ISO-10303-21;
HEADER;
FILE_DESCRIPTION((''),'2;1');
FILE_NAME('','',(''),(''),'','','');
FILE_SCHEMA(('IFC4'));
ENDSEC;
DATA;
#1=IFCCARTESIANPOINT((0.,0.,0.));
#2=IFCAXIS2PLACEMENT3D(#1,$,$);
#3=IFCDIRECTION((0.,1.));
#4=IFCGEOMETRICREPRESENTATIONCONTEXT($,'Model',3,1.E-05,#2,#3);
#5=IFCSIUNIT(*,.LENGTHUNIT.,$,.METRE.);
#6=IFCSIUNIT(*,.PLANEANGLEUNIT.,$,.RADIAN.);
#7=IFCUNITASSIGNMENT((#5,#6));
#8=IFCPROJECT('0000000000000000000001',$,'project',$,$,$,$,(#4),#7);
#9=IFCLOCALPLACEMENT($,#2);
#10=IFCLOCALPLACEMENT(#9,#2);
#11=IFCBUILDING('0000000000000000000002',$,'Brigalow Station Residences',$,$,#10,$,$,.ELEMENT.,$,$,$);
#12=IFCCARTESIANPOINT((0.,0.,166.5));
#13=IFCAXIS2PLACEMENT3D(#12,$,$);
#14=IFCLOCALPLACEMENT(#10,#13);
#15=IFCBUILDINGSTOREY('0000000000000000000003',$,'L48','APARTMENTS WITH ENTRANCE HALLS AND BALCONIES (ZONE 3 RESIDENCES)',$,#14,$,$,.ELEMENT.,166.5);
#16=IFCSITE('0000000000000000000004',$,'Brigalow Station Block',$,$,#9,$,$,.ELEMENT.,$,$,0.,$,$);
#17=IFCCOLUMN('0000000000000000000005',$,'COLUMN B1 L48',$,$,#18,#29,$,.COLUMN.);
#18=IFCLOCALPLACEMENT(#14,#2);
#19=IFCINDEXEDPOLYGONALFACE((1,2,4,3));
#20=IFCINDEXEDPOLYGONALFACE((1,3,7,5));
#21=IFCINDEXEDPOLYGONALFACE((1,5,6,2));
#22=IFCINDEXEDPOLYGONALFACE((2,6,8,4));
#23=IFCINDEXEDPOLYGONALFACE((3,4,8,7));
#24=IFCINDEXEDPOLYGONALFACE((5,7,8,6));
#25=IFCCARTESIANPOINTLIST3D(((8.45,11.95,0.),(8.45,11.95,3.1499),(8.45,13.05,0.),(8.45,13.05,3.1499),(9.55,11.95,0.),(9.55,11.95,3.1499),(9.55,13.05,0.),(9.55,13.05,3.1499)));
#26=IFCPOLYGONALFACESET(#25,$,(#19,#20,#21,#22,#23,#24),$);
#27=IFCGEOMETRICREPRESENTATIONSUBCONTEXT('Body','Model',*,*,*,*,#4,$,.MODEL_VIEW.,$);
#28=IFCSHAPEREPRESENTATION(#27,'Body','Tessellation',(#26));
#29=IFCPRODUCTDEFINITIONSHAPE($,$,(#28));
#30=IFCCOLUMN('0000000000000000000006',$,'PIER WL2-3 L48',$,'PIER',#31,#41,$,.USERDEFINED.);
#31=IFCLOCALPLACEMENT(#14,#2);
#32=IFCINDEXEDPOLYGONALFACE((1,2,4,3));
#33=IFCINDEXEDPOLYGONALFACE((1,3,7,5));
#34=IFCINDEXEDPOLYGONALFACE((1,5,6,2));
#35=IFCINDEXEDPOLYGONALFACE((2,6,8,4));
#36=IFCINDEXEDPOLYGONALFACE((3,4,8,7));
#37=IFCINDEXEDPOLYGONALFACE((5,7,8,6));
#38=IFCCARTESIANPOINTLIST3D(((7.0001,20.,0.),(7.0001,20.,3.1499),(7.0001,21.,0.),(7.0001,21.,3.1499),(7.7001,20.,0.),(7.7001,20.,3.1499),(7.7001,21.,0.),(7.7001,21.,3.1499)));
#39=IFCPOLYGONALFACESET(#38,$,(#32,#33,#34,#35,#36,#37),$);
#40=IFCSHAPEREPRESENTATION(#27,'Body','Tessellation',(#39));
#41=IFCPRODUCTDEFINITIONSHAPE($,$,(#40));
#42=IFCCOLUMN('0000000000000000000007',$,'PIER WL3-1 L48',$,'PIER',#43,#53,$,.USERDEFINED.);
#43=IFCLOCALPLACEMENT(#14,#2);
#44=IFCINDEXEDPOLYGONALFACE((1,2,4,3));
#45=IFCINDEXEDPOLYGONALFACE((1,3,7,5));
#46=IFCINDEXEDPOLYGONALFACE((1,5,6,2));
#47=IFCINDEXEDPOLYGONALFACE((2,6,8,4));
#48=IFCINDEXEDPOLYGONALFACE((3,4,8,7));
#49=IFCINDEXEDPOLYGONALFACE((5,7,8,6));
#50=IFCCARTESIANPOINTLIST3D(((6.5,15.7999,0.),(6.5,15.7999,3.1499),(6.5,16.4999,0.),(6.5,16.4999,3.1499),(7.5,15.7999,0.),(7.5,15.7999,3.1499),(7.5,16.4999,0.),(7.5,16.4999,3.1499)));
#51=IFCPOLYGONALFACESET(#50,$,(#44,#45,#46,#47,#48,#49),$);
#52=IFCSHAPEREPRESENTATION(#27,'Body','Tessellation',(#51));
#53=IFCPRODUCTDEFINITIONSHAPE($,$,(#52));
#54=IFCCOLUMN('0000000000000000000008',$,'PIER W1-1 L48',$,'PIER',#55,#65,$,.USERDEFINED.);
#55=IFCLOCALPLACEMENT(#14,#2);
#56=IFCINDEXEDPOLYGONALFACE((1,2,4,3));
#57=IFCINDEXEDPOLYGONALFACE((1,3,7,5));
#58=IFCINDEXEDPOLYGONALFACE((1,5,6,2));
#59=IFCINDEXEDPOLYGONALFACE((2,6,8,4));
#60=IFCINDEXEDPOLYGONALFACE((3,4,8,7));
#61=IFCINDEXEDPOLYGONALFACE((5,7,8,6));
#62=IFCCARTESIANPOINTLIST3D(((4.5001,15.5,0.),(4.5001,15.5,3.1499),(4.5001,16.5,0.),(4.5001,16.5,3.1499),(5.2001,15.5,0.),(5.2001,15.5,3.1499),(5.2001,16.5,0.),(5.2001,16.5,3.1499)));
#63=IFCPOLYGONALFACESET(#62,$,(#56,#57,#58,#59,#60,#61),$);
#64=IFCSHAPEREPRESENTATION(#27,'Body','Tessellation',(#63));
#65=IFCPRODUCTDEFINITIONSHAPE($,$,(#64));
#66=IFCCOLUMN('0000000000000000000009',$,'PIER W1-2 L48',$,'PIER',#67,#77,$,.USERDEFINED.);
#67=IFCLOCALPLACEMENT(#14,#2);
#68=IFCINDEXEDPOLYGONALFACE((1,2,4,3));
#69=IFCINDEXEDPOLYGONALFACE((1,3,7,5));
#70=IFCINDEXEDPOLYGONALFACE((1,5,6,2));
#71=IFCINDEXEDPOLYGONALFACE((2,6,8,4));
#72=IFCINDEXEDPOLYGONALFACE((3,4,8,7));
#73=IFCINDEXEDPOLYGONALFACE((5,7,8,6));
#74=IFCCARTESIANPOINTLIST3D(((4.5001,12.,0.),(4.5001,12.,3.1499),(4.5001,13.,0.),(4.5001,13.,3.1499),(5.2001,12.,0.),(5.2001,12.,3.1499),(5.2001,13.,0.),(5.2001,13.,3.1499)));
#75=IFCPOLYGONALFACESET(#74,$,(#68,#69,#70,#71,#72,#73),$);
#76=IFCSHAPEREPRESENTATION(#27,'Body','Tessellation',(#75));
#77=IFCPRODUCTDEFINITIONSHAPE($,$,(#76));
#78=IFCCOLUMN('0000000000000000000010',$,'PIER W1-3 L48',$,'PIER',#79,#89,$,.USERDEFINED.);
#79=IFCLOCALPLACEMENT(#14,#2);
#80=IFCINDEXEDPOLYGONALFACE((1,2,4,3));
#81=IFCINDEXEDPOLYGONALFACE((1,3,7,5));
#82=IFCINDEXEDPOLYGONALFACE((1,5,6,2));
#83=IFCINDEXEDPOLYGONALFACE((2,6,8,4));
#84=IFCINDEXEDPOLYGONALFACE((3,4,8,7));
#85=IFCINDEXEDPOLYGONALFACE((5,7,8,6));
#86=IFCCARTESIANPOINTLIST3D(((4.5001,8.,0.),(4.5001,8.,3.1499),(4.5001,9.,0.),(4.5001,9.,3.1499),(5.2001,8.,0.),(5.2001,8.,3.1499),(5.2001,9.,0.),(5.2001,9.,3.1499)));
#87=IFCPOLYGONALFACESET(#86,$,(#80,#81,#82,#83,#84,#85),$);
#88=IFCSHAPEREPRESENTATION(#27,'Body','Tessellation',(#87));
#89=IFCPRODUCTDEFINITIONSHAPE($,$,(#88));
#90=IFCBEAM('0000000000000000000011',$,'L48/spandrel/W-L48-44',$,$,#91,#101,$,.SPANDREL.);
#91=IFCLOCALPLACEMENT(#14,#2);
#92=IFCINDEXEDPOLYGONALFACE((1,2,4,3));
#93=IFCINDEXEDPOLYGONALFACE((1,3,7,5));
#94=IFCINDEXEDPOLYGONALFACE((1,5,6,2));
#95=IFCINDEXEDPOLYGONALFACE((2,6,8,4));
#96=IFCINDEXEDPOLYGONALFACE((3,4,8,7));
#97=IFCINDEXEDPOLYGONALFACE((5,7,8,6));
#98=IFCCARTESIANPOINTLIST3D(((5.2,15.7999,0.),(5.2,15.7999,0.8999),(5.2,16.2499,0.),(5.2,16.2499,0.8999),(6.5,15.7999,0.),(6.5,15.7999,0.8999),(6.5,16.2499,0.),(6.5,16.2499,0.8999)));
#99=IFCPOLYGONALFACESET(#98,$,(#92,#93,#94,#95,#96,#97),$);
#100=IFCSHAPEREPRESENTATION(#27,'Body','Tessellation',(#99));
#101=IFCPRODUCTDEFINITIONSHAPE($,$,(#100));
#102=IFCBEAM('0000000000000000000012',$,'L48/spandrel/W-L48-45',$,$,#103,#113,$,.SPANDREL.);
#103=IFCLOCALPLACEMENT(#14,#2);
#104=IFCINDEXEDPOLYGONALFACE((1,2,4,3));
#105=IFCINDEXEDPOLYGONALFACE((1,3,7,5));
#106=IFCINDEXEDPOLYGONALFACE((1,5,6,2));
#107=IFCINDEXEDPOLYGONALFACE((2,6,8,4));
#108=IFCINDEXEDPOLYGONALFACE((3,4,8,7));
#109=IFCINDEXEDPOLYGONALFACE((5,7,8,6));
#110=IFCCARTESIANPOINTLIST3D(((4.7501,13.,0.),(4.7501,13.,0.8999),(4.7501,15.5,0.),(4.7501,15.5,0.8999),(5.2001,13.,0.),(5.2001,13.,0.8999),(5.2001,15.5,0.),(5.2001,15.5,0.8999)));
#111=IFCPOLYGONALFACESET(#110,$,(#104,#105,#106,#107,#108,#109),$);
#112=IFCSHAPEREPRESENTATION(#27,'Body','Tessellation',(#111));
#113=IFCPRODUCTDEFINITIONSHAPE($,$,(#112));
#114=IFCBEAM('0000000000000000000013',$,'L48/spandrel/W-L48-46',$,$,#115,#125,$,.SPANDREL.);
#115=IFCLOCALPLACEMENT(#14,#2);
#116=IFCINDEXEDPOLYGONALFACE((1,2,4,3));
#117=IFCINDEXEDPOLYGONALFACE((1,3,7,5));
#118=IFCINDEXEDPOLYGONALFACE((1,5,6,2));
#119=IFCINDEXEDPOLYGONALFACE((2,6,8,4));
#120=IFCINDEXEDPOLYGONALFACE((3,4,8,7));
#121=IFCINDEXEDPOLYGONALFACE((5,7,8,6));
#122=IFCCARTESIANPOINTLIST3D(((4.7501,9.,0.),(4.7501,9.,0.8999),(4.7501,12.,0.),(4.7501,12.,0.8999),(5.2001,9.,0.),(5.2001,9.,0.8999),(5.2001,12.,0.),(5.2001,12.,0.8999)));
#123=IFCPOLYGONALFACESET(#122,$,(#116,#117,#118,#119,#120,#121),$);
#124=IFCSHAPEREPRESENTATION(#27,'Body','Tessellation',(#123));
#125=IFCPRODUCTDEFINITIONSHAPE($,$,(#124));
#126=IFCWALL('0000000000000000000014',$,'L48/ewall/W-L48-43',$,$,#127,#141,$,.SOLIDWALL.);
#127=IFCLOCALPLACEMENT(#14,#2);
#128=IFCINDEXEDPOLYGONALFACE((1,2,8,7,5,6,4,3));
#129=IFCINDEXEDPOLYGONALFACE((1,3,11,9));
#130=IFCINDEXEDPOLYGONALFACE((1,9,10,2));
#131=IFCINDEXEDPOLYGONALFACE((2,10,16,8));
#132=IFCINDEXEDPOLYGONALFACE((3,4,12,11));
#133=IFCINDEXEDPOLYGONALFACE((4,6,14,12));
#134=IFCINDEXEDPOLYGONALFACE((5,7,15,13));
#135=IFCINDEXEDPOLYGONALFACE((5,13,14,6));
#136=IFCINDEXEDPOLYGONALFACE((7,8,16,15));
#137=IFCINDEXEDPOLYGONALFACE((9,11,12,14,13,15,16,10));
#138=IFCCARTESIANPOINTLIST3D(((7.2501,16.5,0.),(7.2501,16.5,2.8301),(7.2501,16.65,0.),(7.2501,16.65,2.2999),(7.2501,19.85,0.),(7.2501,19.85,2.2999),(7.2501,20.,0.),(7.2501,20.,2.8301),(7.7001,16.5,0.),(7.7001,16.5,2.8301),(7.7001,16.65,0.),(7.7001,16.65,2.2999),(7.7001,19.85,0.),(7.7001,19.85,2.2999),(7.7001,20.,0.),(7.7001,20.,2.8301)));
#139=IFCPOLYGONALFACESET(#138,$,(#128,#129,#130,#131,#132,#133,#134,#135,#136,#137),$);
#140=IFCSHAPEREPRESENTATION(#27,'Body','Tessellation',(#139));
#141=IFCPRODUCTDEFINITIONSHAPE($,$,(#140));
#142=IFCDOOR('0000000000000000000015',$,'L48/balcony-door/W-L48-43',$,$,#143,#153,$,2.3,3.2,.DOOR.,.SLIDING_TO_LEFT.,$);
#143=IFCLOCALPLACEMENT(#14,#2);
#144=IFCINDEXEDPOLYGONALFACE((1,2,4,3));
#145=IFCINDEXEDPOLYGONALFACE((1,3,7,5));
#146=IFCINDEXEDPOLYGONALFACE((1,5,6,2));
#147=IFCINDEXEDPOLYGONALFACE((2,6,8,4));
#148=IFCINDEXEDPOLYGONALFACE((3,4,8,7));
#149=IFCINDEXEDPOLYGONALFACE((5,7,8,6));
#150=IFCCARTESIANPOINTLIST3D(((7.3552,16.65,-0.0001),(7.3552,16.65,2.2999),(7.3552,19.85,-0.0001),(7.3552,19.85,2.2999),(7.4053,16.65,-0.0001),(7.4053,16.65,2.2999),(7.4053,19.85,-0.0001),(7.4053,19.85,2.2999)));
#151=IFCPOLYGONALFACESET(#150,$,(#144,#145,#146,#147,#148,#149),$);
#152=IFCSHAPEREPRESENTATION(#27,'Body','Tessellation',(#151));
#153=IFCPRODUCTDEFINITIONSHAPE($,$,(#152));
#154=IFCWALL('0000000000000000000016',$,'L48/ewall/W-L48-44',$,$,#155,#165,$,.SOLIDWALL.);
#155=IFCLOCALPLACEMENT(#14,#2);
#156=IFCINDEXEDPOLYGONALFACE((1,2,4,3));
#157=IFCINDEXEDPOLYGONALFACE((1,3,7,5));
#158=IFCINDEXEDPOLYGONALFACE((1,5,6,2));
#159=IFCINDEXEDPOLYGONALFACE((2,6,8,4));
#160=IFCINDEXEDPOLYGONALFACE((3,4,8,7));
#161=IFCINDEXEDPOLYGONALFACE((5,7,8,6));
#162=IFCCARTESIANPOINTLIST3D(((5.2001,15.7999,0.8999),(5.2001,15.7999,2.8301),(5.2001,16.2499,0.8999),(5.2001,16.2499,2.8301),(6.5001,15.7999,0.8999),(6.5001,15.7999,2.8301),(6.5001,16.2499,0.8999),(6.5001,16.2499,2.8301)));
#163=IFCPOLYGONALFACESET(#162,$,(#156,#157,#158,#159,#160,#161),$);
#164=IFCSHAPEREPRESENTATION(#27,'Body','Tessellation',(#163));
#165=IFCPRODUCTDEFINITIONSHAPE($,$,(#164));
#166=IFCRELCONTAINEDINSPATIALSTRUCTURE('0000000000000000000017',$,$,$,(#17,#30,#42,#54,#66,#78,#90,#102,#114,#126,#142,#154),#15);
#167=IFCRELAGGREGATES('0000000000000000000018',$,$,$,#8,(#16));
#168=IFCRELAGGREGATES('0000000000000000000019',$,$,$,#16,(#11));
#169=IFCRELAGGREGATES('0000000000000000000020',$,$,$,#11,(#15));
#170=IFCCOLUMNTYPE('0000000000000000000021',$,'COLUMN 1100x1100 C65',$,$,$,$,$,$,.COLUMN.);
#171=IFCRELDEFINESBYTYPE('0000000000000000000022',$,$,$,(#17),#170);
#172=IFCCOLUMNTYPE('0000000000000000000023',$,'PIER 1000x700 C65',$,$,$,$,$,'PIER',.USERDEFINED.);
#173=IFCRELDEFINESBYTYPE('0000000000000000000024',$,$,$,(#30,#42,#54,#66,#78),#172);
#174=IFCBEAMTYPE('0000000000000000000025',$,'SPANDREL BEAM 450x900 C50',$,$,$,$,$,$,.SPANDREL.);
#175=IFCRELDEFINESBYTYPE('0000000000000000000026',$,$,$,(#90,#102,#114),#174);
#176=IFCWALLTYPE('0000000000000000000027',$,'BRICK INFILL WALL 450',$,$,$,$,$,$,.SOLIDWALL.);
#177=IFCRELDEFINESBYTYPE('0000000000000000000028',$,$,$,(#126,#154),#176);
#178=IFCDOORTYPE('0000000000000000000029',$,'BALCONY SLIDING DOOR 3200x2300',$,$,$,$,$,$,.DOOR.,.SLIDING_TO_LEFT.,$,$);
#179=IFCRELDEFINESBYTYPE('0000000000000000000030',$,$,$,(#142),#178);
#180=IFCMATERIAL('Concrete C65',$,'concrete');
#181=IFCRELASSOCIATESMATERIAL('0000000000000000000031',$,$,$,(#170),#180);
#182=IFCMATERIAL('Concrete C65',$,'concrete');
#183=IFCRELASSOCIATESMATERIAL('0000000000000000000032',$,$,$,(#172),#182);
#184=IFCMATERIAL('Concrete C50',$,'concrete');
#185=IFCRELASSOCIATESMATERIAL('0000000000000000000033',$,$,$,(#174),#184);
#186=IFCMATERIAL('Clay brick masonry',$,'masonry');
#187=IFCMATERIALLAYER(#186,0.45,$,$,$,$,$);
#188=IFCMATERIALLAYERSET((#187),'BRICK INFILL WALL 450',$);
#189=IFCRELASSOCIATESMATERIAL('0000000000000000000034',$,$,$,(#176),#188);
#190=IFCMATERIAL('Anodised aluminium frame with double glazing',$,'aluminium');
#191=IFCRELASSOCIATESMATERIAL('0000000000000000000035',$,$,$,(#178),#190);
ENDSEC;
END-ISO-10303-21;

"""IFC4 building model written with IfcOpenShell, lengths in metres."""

from ifc_helpers import new_model, si_unit, direction, frame, frame_2d, origin, origin_2d, place, context, subcontext, project, spatial, rectangle, extrude, material, layer, layer_set, material_profile, profile_set, type_object, element, fill, save


model = new_model("IFC4")

# Units and contexts
model_context = context("Model", 3, precision=1e-05, world=origin(), true_north=direction((0.0, 1.0)))
body_context = subcontext(model_context, "Body", "Model", "MODEL_VIEW")
ifc_project = project(units=[si_unit("LENGTHUNIT", "METRE"), si_unit("PLANEANGLEUNIT", "RADIAN")], contexts=[model_context])

# Site, building, storey
site_placement = place(None, origin())
site = spatial("IfcSite", under=ifc_project, at=site_placement, Name="Brigalow Station Block", CompositionType="ELEMENT", RefElevation=0.0)
building_placement = place(site_placement, origin())
building = spatial("IfcBuilding", under=site, at=building_placement, Name="Brigalow Station Residences", CompositionType="ELEMENT")
storey_placement = place(building_placement, frame((0.0, 0.0, 166.5)))
storey = spatial("IfcBuildingStorey", under=building, at=storey_placement, Name="L48", Description="APARTMENTS WITH ENTRANCE HALLS AND BALCONIES (ZONE 3 RESIDENCES)", CompositionType="ELEMENT", Elevation=166.5)

# Columns
ifc_material_1 = material(Name="Concrete C65", Category="concrete")
ifc_material_profile_1 = material_profile(ifc_material_1, rectangle(XDim=1.1001, YDim=1.1001, at=origin_2d()), Name="RC1100x1100")
ifc_profile_set_1 = profile_set([ifc_material_profile_1], Name="Concrete C65")
column_type_1 = type_object("IfcColumnType", Name="COLUMN 1100x1100 C65", PredefinedType="COLUMN", material=ifc_profile_set_1)
column_placement = place(storey_placement, frame((9.0, 12.5, 0.0), z_axis=(0.0, 0.0, 1.0), x_axis=(1.0, 0.0, 0.0)))
element("IfcColumn", 1, at=column_placement, inside=storey, type_object=column_type_1, Name="COLUMN B1 L48", PredefinedType="COLUMN", context=body_context, shape_type="SweptSolid", body=[
    extrude(rectangle(XDim=1.1001, YDim=1.1001, at=origin_2d()), origin(), (0.0, 0.0, 1.0), 3.1499),
])
ifc_material_2 = material(Name="Concrete C65", Category="concrete")
ifc_material_profile_2 = material_profile(ifc_material_2, rectangle(XDim=1.0, YDim=0.7, at=origin_2d()), Name="RC1000x700")
ifc_profile_set_2 = profile_set([ifc_material_profile_2], Name="Concrete C65")
column_type_2 = type_object("IfcColumnType", Name="PIER 1000x700 C65", ElementType="PIER", PredefinedType="USERDEFINED", material=ifc_profile_set_2)
for number, where, z_axis, x_axis, name in (
    (2, (7.3501, 20.5, 0.0), (0.0, 0.0, 1.0), (0.0, -1.0, 0.0), "PIER WL2-3 L48"),
    (3, (7.0, 16.1499, 0.0), (0.0, 0.0, 1.0), (-1.0, 0.0, 0.0), "PIER WL3-1 L48"),
    (4, (4.8501, 16.0, 0.0), (0.0, 0.0, 1.0), (0.0, -1.0, 0.0), "PIER W1-1 L48"),
    (5, (4.8501, 12.5, 0.0), (0.0, 0.0, 1.0), (0.0, -1.0, 0.0), "PIER W1-2 L48"),
    (6, (4.8501, 8.5, 0.0), (0.0, 0.0, 1.0), (0.0, -1.0, 0.0), "PIER W1-3 L48"),
):
    element("IfcColumn", number, at=place(storey_placement, frame(where, z_axis=z_axis, x_axis=x_axis)), inside=storey, type_object=column_type_2, Name=name, ObjectType="PIER", PredefinedType="USERDEFINED", context=body_context, shape_type="SweptSolid", body=[
        extrude(rectangle(XDim=1.0, YDim=0.7, at=origin_2d()), origin(), (0.0, 0.0, 1.0), 3.1499),
    ])

# Beams
ifc_material_3 = material(Name="Concrete C50", Category="concrete")
ifc_material_profile_3 = material_profile(ifc_material_3, rectangle(XDim=0.45, YDim=0.8999, at=origin_2d()), Name="RC450x900")
ifc_profile_set_3 = profile_set([ifc_material_profile_3], Name="Concrete C50")
beam_type = type_object("IfcBeamType", Name="SPANDREL BEAM 450x900 C50", PredefinedType="SPANDREL", material=ifc_profile_set_3)
beam_1_placement = place(storey_placement, frame((6.5, 16.0249, 0.45), z_axis=(-1.0, 0.0, 0.0), x_axis=(0.0, -1.0, 0.0)))
element("IfcBeam", 7, at=beam_1_placement, inside=storey, type_object=beam_type, Name="L48/spandrel/W-L48-44", PredefinedType="SPANDREL", context=body_context, shape_type="SweptSolid", body=[
    extrude(rectangle(XDim=0.45, YDim=0.8999, at=origin_2d()), origin(), (0.0, 0.0, 1.0), 1.3),
])
beam_2_placement = place(storey_placement, frame((4.9751, 15.5, 0.45), z_axis=(0.0, -1.0, 0.0), x_axis=(1.0, 0.0, 0.0)))
element("IfcBeam", 8, at=beam_2_placement, inside=storey, type_object=beam_type, Name="L48/spandrel/W-L48-45", PredefinedType="SPANDREL", context=body_context, shape_type="SweptSolid", body=[
    extrude(rectangle(XDim=0.45, YDim=0.8999, at=origin_2d()), origin(), (0.0, 0.0, 1.0), 2.5),
])
beam_3_placement = place(storey_placement, frame((4.9751, 12.0, 0.45), z_axis=(0.0, -1.0, 0.0), x_axis=(1.0, 0.0, 0.0)))
element("IfcBeam", 9, at=beam_3_placement, inside=storey, type_object=beam_type, Name="L48/spandrel/W-L48-46", PredefinedType="SPANDREL", context=body_context, shape_type="SweptSolid", body=[
    extrude(rectangle(XDim=0.45, YDim=0.8999, at=origin_2d()), origin(), (0.0, 0.0, 1.0), 3.0),
])

# Wall, opening, door
ifc_material_4 = material(Name="Clay brick masonry", Category="masonry")
ifc_layer_1 = layer(ifc_material_4, 0.45)
ifc_layer_set_1 = layer_set([ifc_layer_1], Name="BRICK INFILL WALL 450")
wall_type_1 = type_object("IfcWallType", Name="BRICK INFILL WALL 450", PredefinedType="SOLIDWALL", material=ifc_layer_set_1)
wall_1_placement = place(storey_placement, frame((7.4751, 20.0, 0.0), z_axis=(0.0, 0.0, 1.0), x_axis=(0.0, -1.0, 0.0)))
wall_1 = element("IfcWall", 10, at=wall_1_placement, inside=storey, type_object=wall_type_1, Name="L48/ewall/W-L48-43", PredefinedType="SOLIDWALL", context=body_context, shape_type="SweptSolid", body=[
    extrude(rectangle(XDim=3.5, YDim=0.45, at=frame_2d((1.75, 0.0))), origin(), (0.0, 0.0, 1.0), 2.8301),
])
opening_1_placement = place(wall_1_placement, frame((0.1499, 0.0, 0.0)))
opening_1 = element("IfcOpeningElement", 11, at=opening_1_placement, cuts=wall_1, PredefinedType="OPENING", context=body_context, shape_type="SweptSolid", body=[
    extrude(rectangle(XDim=3.2, YDim=2.3, at=frame_2d((1.6001, 1.1499))), frame((0.0, 0.2349, 0.0), z_axis=(0.0, -1.0, 0.0), x_axis=(1.0, 0.0, 0.0)), (0.0, 0.0, 1.0), 0.47),
])
ifc_material_5 = material(Name="Anodised aluminium frame with double glazing", Category="aluminium")
door_type_1 = type_object("IfcDoorType", Name="BALCONY SLIDING DOOR 3200x2300", OperationType="SLIDING_TO_LEFT", PredefinedType="DOOR", material=ifc_material_5)
door_1_placement = place(opening_1_placement, origin())
door_1 = element("IfcDoor", 12, at=door_1_placement, inside=storey, type_object=door_type_1, Name="L48/balcony-door/W-L48-43", OperationType="SLIDING_TO_LEFT", OverallHeight=2.3, OverallWidth=3.2, PredefinedType="DOOR", context=body_context, shape_type="SweptSolid", body=[
    extrude(rectangle(XDim=3.2, YDim=2.3, at=frame_2d((1.6001, 1.1499))), frame((0.0, -0.0698, 0.0), z_axis=(0.0, -1.0, 0.0), x_axis=(1.0, 0.0, 0.0)), (0.0, 0.0, 1.0), 0.05),
])
fill(opening_1, door_1)

# Wall
wall_2_placement = place(storey_placement, frame((6.5, 16.0249, 0.8999), z_axis=(0.0, 0.0, 1.0), x_axis=(-1.0, 0.0, 0.0)))
element("IfcWall", 13, at=wall_2_placement, inside=storey, type_object=wall_type_1, Name="L48/ewall/W-L48-44", PredefinedType="SOLIDWALL", context=body_context, shape_type="SweptSolid", body=[
    extrude(rectangle(XDim=1.3, YDim=0.45, at=frame_2d((0.6499, 0.0))), origin(), (0.0, 0.0, 1.0), 1.9302),
])

save(model, "model.ifc")
